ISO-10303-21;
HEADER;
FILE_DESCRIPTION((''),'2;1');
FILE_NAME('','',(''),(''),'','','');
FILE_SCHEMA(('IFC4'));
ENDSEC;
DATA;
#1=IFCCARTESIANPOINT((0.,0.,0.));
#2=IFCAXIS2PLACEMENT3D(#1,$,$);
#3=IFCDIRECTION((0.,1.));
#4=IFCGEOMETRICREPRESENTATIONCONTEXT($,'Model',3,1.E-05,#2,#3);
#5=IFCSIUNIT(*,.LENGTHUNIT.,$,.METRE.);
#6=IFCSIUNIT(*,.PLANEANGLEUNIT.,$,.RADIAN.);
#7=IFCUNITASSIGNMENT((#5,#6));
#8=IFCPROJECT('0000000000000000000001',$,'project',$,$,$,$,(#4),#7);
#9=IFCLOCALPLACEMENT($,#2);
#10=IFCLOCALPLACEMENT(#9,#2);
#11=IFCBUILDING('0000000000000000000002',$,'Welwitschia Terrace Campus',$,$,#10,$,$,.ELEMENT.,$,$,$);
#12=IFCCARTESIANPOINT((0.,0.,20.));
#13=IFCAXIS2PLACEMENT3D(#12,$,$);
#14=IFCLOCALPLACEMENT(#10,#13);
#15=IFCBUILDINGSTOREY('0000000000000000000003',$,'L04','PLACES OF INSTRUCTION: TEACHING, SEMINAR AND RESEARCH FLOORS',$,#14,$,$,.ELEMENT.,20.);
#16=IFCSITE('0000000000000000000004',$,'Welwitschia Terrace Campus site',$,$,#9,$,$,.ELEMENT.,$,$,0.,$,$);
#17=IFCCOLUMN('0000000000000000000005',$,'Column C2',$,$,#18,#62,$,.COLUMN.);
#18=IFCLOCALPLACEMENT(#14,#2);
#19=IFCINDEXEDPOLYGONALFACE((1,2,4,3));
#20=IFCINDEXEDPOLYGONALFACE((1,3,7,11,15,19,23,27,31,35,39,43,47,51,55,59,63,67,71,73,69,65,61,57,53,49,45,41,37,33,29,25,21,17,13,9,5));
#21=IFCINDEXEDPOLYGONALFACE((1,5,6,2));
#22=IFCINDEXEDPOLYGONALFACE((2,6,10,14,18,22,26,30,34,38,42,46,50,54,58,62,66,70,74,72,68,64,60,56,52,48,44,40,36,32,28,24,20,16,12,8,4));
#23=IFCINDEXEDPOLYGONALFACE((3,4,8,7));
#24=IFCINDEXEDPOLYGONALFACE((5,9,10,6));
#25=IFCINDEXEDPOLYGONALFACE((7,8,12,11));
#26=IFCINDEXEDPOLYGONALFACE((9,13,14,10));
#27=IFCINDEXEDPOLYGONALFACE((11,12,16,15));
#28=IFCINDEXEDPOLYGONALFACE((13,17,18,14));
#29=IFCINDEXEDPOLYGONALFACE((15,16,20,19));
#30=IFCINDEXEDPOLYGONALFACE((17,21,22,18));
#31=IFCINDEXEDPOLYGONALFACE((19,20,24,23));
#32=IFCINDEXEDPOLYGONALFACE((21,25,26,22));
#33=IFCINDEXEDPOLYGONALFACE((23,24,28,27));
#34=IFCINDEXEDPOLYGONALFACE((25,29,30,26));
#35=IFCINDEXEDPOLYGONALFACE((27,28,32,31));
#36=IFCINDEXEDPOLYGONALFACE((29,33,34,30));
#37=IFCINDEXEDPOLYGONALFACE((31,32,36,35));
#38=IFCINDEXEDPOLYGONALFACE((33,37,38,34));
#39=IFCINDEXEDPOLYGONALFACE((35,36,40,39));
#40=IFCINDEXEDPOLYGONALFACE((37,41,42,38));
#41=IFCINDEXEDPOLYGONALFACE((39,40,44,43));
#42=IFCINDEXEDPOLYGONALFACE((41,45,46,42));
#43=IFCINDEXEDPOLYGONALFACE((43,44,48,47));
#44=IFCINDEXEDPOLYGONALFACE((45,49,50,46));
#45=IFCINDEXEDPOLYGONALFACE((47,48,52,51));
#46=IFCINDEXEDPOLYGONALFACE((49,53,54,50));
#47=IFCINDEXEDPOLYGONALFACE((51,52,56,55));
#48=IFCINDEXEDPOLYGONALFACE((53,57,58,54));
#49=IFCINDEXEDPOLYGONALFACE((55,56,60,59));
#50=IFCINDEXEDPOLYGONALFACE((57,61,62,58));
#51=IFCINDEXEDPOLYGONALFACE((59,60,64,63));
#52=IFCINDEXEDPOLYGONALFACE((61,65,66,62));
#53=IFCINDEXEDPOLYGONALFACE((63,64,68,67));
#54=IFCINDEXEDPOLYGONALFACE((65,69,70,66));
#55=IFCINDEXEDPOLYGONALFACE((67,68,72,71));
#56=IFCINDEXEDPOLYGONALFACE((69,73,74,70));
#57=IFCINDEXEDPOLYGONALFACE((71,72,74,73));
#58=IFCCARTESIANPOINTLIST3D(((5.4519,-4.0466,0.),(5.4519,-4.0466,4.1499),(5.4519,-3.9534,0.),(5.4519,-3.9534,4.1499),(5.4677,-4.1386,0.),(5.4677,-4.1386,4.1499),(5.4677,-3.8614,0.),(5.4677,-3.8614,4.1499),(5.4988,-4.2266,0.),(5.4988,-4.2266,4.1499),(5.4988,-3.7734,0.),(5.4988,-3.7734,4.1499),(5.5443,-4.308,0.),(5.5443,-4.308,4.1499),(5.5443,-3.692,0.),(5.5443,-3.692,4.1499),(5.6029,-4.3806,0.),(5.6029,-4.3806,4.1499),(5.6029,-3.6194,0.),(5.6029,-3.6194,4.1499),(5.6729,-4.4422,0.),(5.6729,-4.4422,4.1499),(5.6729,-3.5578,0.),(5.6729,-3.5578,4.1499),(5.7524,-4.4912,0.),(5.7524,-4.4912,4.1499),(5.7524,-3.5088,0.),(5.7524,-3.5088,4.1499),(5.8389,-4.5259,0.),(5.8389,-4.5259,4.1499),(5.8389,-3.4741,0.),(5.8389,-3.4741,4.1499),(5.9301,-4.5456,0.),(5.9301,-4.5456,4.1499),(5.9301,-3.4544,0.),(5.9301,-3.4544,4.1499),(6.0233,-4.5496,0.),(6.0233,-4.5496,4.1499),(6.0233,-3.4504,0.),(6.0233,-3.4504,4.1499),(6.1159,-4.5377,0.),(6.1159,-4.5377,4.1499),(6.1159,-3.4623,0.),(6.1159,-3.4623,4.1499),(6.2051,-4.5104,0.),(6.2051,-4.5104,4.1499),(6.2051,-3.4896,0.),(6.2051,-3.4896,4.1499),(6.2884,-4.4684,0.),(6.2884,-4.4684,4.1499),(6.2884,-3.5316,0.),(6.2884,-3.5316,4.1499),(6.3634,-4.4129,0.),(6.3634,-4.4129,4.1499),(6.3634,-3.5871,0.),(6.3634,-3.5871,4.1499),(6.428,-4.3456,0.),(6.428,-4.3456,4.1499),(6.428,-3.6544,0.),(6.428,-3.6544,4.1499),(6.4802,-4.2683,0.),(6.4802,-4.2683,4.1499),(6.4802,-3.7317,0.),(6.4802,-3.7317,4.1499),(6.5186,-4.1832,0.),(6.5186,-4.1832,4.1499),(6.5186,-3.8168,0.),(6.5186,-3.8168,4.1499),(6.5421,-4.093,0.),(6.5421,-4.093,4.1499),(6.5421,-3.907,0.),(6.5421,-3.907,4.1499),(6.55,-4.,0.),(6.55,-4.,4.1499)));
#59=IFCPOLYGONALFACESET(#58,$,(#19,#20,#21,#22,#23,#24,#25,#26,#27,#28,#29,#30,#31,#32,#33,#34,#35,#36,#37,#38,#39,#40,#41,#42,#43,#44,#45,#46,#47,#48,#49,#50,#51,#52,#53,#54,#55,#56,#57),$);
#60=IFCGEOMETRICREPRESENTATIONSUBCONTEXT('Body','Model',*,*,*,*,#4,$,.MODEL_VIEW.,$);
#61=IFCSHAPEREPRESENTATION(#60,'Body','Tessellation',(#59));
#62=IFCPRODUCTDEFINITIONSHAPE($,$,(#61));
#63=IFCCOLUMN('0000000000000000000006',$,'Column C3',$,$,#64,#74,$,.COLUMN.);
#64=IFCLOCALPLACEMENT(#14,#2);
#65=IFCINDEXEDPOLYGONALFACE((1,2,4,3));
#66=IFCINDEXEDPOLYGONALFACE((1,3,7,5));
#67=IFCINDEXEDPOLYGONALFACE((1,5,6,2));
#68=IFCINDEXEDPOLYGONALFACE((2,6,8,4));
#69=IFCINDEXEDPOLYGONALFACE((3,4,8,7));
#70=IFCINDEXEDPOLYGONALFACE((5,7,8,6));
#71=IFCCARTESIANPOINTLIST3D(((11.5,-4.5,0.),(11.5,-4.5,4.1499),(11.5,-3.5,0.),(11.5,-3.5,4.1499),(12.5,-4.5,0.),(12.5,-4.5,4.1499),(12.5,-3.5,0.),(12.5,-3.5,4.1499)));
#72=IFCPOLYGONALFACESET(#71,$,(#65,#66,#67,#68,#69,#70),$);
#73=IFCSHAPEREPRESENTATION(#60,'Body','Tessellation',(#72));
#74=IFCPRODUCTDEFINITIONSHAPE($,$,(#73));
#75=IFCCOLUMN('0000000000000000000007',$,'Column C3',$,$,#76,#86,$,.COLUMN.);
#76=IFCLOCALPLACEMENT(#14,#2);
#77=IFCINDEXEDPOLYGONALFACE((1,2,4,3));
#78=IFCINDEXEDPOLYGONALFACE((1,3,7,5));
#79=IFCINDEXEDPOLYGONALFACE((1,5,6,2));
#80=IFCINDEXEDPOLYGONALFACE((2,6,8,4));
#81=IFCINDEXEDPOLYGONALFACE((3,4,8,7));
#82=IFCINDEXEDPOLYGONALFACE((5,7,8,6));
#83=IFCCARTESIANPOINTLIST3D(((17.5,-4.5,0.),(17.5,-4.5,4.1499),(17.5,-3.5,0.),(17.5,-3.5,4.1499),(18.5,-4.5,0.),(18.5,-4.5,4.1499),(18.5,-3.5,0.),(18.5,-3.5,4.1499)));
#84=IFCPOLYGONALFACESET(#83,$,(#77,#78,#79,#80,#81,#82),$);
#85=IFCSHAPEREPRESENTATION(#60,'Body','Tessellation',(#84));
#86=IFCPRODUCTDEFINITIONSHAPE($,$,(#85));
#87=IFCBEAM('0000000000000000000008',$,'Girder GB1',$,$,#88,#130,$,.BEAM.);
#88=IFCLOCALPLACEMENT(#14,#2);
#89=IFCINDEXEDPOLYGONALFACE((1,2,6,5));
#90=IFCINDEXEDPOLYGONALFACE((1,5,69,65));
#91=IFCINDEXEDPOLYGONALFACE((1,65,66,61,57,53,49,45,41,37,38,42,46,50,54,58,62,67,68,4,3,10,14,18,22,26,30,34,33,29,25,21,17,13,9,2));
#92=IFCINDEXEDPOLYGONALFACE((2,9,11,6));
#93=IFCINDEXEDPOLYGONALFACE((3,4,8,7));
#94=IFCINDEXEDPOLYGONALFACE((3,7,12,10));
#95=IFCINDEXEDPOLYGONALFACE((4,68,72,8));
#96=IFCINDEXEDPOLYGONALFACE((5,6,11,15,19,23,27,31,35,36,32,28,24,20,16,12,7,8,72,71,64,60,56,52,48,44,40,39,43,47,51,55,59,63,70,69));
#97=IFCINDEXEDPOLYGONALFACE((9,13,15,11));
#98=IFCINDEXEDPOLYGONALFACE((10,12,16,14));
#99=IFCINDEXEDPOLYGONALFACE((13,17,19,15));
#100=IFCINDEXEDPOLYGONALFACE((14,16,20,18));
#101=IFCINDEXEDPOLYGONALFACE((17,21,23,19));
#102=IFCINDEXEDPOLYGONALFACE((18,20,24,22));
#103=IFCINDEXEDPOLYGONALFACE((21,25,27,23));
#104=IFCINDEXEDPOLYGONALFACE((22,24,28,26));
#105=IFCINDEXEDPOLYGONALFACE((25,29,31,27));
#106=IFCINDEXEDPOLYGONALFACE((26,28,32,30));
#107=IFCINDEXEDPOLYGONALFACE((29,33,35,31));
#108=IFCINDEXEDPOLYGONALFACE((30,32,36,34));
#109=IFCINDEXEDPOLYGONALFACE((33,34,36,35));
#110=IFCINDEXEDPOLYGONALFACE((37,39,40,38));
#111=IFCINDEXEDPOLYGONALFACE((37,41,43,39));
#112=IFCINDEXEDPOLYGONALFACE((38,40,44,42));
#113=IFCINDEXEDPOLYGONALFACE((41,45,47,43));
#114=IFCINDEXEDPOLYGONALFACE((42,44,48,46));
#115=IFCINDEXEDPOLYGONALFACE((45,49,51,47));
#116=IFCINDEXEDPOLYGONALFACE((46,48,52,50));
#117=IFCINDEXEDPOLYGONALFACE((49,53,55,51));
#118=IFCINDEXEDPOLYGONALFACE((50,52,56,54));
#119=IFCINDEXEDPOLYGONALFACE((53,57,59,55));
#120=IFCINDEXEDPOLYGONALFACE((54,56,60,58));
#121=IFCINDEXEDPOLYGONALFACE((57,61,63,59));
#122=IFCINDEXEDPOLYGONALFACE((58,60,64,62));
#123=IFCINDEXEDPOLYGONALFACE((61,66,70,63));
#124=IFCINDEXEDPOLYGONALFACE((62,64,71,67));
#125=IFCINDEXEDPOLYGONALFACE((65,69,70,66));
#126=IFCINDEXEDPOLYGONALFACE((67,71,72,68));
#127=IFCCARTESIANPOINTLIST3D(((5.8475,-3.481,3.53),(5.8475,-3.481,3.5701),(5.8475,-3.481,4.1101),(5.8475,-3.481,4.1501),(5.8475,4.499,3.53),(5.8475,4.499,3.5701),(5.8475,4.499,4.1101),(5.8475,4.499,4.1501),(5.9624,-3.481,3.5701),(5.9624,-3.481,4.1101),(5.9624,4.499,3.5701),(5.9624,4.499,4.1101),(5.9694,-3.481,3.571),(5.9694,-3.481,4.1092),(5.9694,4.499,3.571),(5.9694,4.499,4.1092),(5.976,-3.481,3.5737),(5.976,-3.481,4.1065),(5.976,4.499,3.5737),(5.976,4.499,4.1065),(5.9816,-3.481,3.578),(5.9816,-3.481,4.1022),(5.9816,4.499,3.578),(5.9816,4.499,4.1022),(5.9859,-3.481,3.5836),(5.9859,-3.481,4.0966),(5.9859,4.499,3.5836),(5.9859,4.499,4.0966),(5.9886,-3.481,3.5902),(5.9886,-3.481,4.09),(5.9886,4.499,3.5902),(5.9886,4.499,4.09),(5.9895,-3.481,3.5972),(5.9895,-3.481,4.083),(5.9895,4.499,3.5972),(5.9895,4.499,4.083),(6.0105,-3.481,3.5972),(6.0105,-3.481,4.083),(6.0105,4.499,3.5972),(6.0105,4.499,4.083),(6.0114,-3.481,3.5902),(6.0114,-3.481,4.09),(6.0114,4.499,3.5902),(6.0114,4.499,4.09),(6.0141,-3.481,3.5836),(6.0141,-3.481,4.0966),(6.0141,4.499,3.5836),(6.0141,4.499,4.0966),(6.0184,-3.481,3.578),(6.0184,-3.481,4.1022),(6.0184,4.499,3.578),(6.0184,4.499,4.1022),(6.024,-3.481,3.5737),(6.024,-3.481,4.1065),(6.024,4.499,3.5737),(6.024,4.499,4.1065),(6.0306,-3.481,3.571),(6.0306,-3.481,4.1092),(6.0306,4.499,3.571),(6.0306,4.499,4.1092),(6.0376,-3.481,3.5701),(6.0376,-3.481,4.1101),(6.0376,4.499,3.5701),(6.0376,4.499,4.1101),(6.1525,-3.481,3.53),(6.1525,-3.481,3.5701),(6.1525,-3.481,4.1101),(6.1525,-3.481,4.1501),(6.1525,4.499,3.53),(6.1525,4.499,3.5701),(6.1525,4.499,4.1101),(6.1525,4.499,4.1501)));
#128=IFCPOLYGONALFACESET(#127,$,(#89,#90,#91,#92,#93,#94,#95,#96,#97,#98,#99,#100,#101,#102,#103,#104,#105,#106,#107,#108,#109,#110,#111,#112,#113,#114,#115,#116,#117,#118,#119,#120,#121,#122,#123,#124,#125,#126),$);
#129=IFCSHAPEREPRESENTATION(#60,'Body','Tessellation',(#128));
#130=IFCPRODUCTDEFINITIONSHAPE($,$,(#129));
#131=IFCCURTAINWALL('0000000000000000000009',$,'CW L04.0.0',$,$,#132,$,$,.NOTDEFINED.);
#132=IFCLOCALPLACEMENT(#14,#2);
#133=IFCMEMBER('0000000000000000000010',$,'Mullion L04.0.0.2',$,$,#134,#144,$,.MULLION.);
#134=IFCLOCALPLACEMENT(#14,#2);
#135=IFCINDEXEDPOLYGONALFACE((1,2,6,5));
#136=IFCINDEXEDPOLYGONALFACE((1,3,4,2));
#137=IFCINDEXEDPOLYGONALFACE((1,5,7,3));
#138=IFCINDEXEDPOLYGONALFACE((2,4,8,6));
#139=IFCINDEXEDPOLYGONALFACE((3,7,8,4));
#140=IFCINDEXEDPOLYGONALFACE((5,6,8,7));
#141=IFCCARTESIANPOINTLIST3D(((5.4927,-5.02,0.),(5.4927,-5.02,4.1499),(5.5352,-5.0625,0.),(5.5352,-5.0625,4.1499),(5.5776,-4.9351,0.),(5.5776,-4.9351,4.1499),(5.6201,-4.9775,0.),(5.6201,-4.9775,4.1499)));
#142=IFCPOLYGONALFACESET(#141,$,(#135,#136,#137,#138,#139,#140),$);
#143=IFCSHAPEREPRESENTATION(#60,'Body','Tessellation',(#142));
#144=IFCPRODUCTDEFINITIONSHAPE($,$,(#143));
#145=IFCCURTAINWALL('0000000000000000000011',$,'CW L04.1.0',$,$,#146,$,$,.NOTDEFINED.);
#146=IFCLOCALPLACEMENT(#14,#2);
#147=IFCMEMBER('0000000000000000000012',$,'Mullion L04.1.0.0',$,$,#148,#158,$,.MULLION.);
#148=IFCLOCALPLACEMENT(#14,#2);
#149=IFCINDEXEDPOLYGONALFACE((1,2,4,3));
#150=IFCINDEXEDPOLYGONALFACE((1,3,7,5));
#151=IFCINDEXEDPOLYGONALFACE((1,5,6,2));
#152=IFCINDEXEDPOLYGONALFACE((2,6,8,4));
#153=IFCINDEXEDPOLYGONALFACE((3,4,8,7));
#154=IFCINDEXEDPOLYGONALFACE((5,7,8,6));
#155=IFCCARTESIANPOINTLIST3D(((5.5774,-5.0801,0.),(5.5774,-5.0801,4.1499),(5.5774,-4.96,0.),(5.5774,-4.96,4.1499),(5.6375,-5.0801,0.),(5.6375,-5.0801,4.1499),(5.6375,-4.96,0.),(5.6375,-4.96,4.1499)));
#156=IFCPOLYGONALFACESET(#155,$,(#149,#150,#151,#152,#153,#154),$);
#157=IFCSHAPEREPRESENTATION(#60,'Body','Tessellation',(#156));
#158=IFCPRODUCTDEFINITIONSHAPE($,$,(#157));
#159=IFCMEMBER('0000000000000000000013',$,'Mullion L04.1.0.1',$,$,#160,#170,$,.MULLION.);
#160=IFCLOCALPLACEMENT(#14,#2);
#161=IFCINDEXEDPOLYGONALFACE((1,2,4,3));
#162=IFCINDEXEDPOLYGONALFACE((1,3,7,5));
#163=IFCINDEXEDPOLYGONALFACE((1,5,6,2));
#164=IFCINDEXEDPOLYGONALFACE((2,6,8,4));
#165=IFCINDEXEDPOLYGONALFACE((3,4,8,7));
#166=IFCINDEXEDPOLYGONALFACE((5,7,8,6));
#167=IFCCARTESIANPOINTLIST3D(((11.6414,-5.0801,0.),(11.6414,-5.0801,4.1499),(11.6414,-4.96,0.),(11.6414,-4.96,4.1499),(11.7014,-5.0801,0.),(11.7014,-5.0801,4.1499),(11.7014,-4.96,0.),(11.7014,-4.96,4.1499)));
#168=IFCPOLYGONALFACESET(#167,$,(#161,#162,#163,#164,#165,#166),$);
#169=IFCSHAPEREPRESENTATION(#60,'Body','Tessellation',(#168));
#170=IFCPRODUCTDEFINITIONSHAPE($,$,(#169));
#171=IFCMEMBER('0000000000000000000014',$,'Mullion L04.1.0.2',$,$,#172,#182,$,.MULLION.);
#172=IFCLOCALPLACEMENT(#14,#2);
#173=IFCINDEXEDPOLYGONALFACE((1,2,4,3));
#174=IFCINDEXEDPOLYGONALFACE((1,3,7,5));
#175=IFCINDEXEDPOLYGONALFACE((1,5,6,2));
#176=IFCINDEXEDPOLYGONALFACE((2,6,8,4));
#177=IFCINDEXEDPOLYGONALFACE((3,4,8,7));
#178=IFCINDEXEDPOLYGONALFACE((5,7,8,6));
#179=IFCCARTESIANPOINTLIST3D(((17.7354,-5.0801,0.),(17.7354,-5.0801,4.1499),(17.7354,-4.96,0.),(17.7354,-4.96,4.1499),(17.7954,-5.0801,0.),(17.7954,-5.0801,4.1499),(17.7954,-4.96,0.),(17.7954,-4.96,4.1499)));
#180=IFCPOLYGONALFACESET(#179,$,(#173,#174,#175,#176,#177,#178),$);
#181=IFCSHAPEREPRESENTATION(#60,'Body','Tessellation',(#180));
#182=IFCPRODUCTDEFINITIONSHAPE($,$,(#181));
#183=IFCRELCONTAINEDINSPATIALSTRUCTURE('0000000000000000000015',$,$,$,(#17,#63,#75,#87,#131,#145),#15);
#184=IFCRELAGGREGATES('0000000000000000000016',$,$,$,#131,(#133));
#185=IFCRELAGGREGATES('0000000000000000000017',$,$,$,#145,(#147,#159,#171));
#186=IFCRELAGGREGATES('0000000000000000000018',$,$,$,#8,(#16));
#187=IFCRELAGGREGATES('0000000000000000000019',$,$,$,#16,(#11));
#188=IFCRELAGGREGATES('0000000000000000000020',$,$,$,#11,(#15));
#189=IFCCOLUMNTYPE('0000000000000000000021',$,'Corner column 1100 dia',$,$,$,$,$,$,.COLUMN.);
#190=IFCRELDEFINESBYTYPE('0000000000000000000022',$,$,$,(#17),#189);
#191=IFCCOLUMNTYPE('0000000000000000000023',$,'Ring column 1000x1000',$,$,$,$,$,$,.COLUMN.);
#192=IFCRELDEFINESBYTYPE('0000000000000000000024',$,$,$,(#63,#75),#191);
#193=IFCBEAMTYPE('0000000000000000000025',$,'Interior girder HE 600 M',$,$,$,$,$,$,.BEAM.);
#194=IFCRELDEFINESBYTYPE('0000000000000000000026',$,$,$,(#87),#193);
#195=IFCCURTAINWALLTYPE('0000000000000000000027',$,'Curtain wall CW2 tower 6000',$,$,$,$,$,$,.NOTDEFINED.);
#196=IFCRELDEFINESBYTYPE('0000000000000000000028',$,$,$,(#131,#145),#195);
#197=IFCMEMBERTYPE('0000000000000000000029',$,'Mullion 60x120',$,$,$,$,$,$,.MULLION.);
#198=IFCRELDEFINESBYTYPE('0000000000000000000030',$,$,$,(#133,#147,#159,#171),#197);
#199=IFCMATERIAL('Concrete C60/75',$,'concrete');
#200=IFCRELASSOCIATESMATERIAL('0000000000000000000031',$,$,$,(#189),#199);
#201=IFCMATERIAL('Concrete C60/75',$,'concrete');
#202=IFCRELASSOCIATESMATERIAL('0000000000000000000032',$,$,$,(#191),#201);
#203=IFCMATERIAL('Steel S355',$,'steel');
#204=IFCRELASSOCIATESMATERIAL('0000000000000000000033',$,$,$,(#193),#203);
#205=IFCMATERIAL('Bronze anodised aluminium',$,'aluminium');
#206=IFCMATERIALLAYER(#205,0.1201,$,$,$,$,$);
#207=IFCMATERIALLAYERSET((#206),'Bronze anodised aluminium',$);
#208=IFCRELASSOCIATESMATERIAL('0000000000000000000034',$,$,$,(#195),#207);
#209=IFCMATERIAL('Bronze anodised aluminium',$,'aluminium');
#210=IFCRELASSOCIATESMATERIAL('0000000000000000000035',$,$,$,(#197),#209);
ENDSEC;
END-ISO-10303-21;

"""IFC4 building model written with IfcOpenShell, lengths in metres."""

from ifc_helpers import new_model, si_unit, direction, frame, origin, origin_2d, place, context, subcontext, project, spatial, rectangle, circle, i_section, extrude, material, layer, layer_set, material_profile, profile_set, type_object, element, aggregate, save


model = new_model("IFC4")

# Units and contexts
model_context = context("Model", 3, precision=1e-05, world=origin(), true_north=direction((0.0, 1.0)))
body_context = subcontext(model_context, "Body", "Model", "MODEL_VIEW")
ifc_project = project(units=[si_unit("LENGTHUNIT", "METRE"), si_unit("PLANEANGLEUNIT", "RADIAN")], contexts=[model_context])

# Site, building, storey
site_placement = place(None, origin())
site = spatial("IfcSite", under=ifc_project, at=site_placement, Name="Welwitschia Terrace Campus site", CompositionType="ELEMENT", RefElevation=0.0)
building_placement = place(site_placement, origin())
building = spatial("IfcBuilding", under=site, at=building_placement, Name="Welwitschia Terrace Campus", CompositionType="ELEMENT")
storey_placement = place(building_placement, frame((0.0, 0.0, 20.0)))
storey = spatial("IfcBuildingStorey", under=building, at=storey_placement, Name="L04", Description="PLACES OF INSTRUCTION: TEACHING, SEMINAR AND RESEARCH FLOORS", CompositionType="ELEMENT", Elevation=20.0)

# Columns
ifc_material_1 = material(Name="Concrete C60/75", Category="concrete")
ifc_material_profile_1 = material_profile(ifc_material_1, circle(Radius=0.55, at=origin_2d()))
ifc_profile_set_1 = profile_set([ifc_material_profile_1], Name="Concrete C60/75")
column_type_1 = type_object("IfcColumnType", Name="Corner column 1100 dia", PredefinedType="COLUMN", material=ifc_profile_set_1)
column_placement = place(storey_placement, frame((6.0, -4.0, 0.0), z_axis=(0.0, 0.0, 1.0), x_axis=(1.0, 0.0, 0.0)))
element("IfcColumn", 1, at=column_placement, inside=storey, type_object=column_type_1, Name="Column C2", PredefinedType="COLUMN", context=body_context, shape_type="SweptSolid", body=[
    extrude(circle(Radius=0.55, at=origin_2d()), origin(), (0.0, 0.0, 1.0), 4.1499),
])
ifc_material_2 = material(Name="Concrete C60/75", Category="concrete")
ifc_material_profile_2 = material_profile(ifc_material_2, rectangle(XDim=1.0, YDim=1.0, at=origin_2d()))
ifc_profile_set_2 = profile_set([ifc_material_profile_2], Name="Concrete C60/75")
column_type_2 = type_object("IfcColumnType", Name="Ring column 1000x1000", PredefinedType="COLUMN", material=ifc_profile_set_2)
for number, where, z_axis, x_axis, name in (
    (2, (12.0, -4.0, 0.0), (0.0, 0.0, 1.0), (1.0, 0.0, 0.0), "Column C3"),
    (3, (18.0, -4.0, 0.0), (0.0, 0.0, 1.0), (1.0, 0.0, 0.0), "Column C3"),
):
    element("IfcColumn", number, at=place(storey_placement, frame(where, z_axis=z_axis, x_axis=x_axis)), inside=storey, type_object=column_type_2, Name=name, PredefinedType="COLUMN", context=body_context, shape_type="SweptSolid", body=[
        extrude(rectangle(XDim=1.0, YDim=1.0, at=origin_2d()), origin(), (0.0, 0.0, 1.0), 4.1499),
    ])

# Beam
ifc_material_3 = material(Name="Steel S355", Category="steel")
ifc_material_profile_3 = material_profile(ifc_material_3, i_section(OverallWidth=0.3049, OverallDepth=0.6201, WebThickness=0.021, FlangeThickness=0.04, FilletRadius=0.0271, at=origin_2d()))
ifc_profile_set_3 = profile_set([ifc_material_profile_3], Name="Steel S355")
beam_type_1 = type_object("IfcBeamType", Name="Interior girder HE 600 M", PredefinedType="BEAM", material=ifc_profile_set_3)
beam_1_placement = place(storey_placement, frame((6.0, -3.481, 3.8401), z_axis=(0.0, 1.0, 0.0), x_axis=(-1.0, 0.0, 0.0)))
element("IfcBeam", 4, at=beam_1_placement, inside=storey, type_object=beam_type_1, Name="Girder GB1", PredefinedType="BEAM", context=body_context, shape_type="SweptSolid", body=[
    extrude(i_section(OverallWidth=0.3049, OverallDepth=0.6201, WebThickness=0.021, FlangeThickness=0.04, FilletRadius=0.0271, at=origin_2d()), origin(), (0.0, 0.0, 1.0), 7.98),
])

# Curtain wall, member
ifc_material_4 = material(Name="Bronze anodised aluminium", Category="aluminium")
ifc_layer_1 = layer(ifc_material_4, 0.1201)
ifc_layer_set_1 = layer_set([ifc_layer_1], Name="Bronze anodised aluminium")
curtain_wall_type = type_object("IfcCurtainWallType", Name="Curtain wall CW2 tower 6000", PredefinedType="NOTDEFINED", material=ifc_layer_set_1)
curtain_wall_1_placement = place(storey_placement, origin())
curtain_wall_1 = element("IfcCurtainWall", 5, at=curtain_wall_1_placement, inside=storey, type_object=curtain_wall_type, Name="CW L04.0.0", PredefinedType="NOTDEFINED")
ifc_material_5 = material(Name="Bronze anodised aluminium", Category="aluminium")
ifc_material_profile_4 = material_profile(ifc_material_5, rectangle(XDim=0.1201, YDim=0.0601, at=origin_2d()))
ifc_profile_set_4 = profile_set([ifc_material_profile_4], Name="Bronze anodised aluminium")
member_type_1 = type_object("IfcMemberType", Name="Mullion 60x120", PredefinedType="MULLION", material=ifc_profile_set_4)
member_1_placement = place(storey_placement, frame((5.5564, -4.9988, 0.0), z_axis=(0.0, 0.0, 1.0), x_axis=(0.707107, 0.707107, 0.0)))
member_1 = element("IfcMember", 6, at=member_1_placement, type_object=member_type_1, Name="Mullion L04.0.0.2", PredefinedType="MULLION", context=body_context, shape_type="SweptSolid", body=[
    extrude(rectangle(XDim=0.1201, YDim=0.0601, at=origin_2d()), origin(), (0.0, 0.0, 1.0), 4.1499),
])

# Curtain wall, members
curtain_wall_2_placement = place(storey_placement, origin())
curtain_wall_2 = element("IfcCurtainWall", 7, at=curtain_wall_2_placement, inside=storey, type_object=curtain_wall_type, Name="CW L04.1.0", PredefinedType="NOTDEFINED")
member_2_placement = place(storey_placement, frame((5.6074, -5.02, 0.0), z_axis=(0.0, 0.0, 1.0), x_axis=(0.0, 1.0, 0.0)))
member_2 = element("IfcMember", 8, at=member_2_placement, type_object=member_type_1, Name="Mullion L04.1.0.0", PredefinedType="MULLION", context=body_context, shape_type="SweptSolid", body=[
    extrude(rectangle(XDim=0.1201, YDim=0.0601, at=origin_2d()), origin(), (0.0, 0.0, 1.0), 4.1499),
])
member_3_placement = place(storey_placement, frame((11.6714, -5.02, 0.0), z_axis=(0.0, 0.0, 1.0), x_axis=(0.0, 1.0, 0.0)))
member_3 = element("IfcMember", 9, at=member_3_placement, type_object=member_type_1, Name="Mullion L04.1.0.1", PredefinedType="MULLION", context=body_context, shape_type="SweptSolid", body=[
    extrude(rectangle(XDim=0.1201, YDim=0.0601, at=origin_2d()), origin(), (0.0, 0.0, 1.0), 4.1499),
])
member_4_placement = place(storey_placement, frame((17.7654, -5.02, 0.0), z_axis=(0.0, 0.0, 1.0), x_axis=(0.0, 1.0, 0.0)))
member_4 = element("IfcMember", 10, at=member_4_placement, type_object=member_type_1, Name="Mullion L04.1.0.2", PredefinedType="MULLION", context=body_context, shape_type="SweptSolid", body=[
    extrude(rectangle(XDim=0.1201, YDim=0.0601, at=origin_2d()), origin(), (0.0, 0.0, 1.0), 4.1499),
])

aggregate(curtain_wall_1, [member_1])
aggregate(curtain_wall_2, [member_2, member_3, member_4])

save(model, "model.ifc")
